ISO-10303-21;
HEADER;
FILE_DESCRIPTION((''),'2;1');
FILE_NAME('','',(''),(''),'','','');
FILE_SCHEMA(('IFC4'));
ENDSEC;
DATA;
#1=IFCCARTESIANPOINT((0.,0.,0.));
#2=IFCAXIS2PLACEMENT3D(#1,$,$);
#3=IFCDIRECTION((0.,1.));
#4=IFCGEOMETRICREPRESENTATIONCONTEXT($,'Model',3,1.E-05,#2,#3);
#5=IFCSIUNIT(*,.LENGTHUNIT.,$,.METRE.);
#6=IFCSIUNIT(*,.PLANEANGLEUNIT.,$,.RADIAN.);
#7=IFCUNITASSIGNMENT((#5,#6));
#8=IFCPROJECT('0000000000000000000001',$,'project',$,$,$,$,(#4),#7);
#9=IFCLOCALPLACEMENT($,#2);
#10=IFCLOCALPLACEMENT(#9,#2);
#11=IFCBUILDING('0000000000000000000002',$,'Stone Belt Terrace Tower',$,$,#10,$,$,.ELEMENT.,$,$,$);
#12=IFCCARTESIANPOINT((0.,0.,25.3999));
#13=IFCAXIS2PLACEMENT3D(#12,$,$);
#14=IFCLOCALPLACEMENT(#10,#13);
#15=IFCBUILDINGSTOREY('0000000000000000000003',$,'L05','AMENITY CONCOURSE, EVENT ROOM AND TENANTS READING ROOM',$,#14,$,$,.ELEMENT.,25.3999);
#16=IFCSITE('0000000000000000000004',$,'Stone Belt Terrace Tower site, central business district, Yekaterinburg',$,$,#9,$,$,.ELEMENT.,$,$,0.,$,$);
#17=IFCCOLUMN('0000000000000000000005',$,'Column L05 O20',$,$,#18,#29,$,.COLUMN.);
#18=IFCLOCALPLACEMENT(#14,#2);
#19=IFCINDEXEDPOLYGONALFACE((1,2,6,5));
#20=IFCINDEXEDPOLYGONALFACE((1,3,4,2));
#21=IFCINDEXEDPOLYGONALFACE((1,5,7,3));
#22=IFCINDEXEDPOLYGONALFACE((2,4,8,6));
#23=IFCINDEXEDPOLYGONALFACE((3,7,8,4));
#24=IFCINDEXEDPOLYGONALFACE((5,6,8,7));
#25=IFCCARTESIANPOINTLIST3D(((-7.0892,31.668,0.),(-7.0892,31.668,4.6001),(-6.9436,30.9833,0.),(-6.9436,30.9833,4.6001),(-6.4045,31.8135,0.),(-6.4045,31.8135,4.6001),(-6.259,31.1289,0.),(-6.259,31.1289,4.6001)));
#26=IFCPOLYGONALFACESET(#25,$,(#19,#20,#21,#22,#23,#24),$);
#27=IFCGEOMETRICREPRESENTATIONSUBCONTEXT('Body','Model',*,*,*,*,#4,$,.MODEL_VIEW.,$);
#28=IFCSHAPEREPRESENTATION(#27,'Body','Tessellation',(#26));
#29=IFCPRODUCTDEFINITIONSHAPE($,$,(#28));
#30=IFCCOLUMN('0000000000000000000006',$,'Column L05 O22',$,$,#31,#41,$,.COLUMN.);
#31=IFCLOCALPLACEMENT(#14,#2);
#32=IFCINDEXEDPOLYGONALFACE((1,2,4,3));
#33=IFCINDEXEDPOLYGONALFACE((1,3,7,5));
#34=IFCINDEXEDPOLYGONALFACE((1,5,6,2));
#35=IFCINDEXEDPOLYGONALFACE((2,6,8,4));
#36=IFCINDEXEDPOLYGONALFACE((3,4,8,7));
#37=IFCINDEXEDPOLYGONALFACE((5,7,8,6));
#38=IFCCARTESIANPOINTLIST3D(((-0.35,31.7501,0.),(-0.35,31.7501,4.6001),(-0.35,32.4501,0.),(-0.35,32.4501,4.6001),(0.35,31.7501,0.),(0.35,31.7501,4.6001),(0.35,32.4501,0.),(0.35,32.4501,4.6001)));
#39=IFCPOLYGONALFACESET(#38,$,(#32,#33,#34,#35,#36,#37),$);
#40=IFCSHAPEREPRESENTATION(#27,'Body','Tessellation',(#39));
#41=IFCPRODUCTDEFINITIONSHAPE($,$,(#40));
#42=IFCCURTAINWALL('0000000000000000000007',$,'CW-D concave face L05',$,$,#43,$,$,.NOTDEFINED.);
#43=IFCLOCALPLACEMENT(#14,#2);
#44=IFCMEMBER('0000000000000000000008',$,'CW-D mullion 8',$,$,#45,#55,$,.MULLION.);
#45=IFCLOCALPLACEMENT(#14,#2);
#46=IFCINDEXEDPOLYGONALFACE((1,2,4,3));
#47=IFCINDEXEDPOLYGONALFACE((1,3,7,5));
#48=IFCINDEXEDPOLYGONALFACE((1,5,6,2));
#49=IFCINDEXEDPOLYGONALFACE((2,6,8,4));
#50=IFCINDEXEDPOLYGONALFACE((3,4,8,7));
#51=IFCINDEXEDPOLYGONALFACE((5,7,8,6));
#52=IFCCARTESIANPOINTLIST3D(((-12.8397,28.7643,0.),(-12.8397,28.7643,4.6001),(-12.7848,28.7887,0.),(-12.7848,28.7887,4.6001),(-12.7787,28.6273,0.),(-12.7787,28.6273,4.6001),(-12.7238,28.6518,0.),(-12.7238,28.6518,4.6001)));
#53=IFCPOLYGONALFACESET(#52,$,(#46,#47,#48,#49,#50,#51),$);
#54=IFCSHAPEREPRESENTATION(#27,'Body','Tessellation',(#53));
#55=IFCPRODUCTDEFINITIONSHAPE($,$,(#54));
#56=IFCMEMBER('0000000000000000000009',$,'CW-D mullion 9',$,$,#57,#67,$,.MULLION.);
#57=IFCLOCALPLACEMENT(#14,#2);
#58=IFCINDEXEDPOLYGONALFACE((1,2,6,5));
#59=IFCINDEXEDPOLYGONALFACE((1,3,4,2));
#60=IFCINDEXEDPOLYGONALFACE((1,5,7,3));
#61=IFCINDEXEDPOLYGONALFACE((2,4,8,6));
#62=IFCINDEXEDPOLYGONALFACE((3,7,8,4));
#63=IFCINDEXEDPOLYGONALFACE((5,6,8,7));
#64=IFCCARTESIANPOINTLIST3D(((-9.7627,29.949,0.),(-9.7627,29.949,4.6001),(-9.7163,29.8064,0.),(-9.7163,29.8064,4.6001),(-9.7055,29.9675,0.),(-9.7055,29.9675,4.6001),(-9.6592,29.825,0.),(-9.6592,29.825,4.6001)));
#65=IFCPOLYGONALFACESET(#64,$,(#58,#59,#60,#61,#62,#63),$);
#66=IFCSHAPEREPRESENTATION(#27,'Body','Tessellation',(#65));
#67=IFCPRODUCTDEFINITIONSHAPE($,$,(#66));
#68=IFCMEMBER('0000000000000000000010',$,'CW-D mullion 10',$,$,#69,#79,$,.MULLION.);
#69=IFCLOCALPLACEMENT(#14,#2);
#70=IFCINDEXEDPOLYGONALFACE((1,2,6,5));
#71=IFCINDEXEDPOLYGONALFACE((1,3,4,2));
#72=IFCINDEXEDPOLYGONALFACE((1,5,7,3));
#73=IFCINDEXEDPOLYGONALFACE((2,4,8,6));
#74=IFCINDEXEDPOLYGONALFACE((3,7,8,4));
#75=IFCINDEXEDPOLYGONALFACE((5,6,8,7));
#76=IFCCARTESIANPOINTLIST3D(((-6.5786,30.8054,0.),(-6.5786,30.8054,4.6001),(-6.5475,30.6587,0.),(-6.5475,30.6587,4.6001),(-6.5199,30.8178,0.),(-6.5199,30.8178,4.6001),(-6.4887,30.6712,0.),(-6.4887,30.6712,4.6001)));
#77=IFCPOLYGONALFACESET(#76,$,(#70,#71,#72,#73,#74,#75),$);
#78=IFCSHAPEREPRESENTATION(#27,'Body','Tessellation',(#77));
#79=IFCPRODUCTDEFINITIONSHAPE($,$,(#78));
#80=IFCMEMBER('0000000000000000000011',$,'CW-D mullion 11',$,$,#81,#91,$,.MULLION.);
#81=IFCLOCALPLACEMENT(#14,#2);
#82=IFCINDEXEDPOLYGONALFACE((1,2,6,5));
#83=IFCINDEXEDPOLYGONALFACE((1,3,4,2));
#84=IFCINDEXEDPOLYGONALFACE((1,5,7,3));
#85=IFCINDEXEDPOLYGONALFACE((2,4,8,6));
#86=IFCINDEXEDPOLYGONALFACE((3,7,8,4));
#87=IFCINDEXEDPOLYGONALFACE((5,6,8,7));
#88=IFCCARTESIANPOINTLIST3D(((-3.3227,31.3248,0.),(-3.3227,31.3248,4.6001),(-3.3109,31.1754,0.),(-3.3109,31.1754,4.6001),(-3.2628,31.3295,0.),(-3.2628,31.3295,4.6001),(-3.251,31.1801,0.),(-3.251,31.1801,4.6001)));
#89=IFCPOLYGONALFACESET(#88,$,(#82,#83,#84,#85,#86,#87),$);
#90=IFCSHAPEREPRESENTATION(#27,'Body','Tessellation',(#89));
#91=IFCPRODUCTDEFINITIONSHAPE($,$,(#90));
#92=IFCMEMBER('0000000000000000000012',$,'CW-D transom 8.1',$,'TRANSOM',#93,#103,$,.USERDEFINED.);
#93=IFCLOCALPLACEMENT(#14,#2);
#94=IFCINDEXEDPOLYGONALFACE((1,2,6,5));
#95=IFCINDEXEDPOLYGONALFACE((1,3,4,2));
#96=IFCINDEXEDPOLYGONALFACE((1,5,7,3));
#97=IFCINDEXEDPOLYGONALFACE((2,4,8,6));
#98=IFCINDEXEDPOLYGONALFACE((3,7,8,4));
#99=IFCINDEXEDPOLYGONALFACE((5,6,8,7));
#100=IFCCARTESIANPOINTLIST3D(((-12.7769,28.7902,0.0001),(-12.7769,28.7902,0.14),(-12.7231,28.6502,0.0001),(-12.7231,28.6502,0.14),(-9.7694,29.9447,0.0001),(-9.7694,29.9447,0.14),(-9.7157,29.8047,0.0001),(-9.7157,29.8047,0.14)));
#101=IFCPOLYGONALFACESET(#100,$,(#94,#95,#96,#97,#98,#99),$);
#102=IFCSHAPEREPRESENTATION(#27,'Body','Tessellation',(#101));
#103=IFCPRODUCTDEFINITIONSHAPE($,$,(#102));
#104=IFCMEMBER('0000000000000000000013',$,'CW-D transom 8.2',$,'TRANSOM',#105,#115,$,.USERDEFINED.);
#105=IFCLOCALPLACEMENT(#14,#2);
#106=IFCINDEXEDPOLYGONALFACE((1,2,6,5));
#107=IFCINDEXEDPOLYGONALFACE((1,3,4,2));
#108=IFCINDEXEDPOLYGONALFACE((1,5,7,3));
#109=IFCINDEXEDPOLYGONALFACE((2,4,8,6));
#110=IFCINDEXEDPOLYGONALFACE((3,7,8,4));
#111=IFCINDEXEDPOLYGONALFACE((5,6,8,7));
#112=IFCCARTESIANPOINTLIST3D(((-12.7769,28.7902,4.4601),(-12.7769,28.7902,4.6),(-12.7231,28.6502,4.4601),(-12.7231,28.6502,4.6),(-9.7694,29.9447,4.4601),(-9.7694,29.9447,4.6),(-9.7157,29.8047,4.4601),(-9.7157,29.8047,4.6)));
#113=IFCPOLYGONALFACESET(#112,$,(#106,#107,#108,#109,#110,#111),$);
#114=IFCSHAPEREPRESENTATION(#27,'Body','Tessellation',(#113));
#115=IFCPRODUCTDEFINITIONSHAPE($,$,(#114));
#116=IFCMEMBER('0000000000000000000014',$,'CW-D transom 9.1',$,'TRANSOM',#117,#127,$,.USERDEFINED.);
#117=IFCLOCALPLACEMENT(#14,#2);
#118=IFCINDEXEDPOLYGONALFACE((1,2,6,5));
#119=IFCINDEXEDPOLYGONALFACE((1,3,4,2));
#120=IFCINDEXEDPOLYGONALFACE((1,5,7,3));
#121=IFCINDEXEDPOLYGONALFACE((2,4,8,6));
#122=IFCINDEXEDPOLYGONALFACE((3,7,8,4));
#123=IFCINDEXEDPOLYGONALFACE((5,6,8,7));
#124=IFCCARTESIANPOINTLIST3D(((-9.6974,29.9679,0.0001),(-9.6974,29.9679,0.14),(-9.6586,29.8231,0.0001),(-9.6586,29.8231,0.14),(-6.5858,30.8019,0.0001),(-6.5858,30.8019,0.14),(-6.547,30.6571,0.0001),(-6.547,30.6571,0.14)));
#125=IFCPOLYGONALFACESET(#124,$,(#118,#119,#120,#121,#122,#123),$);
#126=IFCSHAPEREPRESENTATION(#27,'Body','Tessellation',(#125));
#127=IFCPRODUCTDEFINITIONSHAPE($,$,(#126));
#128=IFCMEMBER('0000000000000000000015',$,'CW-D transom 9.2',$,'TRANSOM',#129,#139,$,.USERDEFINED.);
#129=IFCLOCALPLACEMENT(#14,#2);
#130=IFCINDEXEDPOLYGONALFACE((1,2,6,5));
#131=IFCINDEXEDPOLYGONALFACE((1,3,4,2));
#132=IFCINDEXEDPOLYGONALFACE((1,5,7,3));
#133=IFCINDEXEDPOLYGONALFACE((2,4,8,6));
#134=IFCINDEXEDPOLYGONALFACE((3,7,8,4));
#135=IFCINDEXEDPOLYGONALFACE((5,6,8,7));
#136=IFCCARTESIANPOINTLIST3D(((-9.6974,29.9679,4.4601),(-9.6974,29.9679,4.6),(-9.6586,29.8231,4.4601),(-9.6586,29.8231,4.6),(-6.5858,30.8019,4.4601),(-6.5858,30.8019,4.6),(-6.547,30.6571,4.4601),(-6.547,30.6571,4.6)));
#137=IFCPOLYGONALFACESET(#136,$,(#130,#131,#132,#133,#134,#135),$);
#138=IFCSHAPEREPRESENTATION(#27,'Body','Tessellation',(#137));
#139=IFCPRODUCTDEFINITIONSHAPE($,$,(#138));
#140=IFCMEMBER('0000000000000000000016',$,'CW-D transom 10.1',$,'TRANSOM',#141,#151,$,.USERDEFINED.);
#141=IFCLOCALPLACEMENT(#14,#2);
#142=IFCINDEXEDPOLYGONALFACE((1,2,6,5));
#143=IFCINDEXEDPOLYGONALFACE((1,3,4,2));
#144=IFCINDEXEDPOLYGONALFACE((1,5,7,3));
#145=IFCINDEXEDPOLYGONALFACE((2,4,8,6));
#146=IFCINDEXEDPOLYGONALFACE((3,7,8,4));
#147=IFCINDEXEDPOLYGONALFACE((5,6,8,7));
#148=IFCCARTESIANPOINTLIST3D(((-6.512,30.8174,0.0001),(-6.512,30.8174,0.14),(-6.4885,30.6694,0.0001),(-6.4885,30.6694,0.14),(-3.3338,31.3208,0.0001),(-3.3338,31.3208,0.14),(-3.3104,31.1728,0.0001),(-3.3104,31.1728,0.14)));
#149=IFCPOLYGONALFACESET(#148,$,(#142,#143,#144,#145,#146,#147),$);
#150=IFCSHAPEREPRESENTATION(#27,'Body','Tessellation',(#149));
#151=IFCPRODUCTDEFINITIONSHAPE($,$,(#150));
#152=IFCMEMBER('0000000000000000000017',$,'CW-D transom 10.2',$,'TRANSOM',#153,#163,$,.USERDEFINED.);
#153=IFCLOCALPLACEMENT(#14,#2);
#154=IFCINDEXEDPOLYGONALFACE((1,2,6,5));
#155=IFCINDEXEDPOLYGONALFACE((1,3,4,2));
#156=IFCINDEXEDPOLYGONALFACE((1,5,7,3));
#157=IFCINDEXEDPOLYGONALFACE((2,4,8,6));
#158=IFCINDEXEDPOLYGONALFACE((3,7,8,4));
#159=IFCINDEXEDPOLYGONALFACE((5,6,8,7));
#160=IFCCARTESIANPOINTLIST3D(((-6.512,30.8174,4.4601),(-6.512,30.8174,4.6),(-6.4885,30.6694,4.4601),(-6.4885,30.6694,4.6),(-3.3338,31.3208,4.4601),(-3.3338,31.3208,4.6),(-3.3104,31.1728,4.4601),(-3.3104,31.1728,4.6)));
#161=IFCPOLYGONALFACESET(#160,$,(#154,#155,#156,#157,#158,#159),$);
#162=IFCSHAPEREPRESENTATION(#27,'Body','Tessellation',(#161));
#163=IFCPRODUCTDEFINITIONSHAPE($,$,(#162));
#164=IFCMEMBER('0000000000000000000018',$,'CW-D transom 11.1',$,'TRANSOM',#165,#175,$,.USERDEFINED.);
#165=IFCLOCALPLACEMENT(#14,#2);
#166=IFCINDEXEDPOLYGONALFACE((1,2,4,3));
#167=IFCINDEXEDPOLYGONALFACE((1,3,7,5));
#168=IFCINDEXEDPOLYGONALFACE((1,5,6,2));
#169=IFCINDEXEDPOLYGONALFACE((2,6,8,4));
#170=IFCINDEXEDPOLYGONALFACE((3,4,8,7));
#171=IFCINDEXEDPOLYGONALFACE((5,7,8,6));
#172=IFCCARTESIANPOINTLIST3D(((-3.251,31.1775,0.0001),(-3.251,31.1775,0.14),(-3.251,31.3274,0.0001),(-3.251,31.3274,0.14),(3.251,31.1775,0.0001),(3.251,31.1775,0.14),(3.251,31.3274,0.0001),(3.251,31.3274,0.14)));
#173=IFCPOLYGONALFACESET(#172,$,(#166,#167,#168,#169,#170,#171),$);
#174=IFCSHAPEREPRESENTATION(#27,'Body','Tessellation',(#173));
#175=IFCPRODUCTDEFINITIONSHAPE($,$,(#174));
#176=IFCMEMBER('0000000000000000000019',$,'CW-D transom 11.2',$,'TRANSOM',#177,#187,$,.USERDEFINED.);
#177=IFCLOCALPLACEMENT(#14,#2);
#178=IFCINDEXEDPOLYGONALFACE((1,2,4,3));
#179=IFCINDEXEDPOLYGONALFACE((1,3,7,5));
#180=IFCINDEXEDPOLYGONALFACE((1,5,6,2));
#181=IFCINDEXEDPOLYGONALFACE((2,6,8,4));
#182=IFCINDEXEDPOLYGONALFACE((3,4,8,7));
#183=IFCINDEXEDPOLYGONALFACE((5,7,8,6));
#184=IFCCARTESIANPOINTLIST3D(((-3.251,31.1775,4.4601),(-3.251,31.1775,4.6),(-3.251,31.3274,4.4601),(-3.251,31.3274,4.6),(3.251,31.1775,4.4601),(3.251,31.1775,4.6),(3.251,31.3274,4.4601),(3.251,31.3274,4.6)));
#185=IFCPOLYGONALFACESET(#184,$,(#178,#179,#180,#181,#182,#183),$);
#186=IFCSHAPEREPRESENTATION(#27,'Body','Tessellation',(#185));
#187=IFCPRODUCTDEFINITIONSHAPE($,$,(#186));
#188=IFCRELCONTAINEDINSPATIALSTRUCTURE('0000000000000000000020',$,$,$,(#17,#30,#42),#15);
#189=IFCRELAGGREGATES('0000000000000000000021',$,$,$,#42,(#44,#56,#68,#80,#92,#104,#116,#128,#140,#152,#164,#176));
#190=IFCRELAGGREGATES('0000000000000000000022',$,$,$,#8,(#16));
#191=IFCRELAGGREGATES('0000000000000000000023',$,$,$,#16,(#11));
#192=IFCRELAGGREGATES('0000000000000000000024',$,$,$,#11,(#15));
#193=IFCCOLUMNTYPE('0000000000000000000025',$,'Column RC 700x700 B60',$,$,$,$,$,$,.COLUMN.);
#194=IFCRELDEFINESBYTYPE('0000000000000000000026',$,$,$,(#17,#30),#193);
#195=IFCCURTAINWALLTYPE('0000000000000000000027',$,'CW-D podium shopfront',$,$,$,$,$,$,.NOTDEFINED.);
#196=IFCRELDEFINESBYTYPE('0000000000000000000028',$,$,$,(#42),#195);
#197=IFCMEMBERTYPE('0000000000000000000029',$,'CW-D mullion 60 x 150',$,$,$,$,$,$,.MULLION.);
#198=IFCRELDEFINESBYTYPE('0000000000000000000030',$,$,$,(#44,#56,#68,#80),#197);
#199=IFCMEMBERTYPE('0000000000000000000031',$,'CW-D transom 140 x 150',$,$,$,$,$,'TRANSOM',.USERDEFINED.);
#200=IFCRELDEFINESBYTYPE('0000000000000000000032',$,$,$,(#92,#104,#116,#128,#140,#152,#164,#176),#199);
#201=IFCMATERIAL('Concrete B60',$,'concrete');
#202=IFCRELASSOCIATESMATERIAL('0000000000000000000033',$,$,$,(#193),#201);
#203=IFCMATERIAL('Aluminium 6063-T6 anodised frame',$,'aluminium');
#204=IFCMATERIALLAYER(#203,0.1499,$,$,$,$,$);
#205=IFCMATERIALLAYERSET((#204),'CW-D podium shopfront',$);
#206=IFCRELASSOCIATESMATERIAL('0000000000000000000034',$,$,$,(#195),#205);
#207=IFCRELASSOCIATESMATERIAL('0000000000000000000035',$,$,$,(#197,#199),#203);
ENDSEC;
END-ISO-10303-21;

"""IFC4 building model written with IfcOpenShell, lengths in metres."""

from ifc_helpers import new_model, si_unit, direction, frame, origin, origin_2d, place, context, subcontext, project, spatial, rectangle, extrude, material, layer, layer_set, material_profile, profile_set, type_object, element, aggregate, save


model = new_model("IFC4")

# Units and contexts
model_context = context("Model", 3, precision=1e-05, world=origin(), true_north=direction((0.0, 1.0)))
body_context = subcontext(model_context, "Body", "Model", "MODEL_VIEW")
ifc_project = project(units=[si_unit("LENGTHUNIT", "METRE"), si_unit("PLANEANGLEUNIT", "RADIAN")], contexts=[model_context])

# Site, building, storey
site_placement = place(None, origin())
site = spatial("IfcSite", under=ifc_project, at=site_placement, Name="Stone Belt Terrace Tower site, central business district, Yekaterinburg", CompositionType="ELEMENT", RefElevation=0.0)
building_placement = place(site_placement, origin())
building = spatial("IfcBuilding", under=site, at=building_placement, Name="Stone Belt Terrace Tower", CompositionType="ELEMENT")
storey_placement = place(building_placement, frame((0.0, 0.0, 25.3999)))
storey = spatial("IfcBuildingStorey", under=building, at=storey_placement, Name="L05", Description="AMENITY CONCOURSE, EVENT ROOM AND TENANTS READING ROOM", CompositionType="ELEMENT", Elevation=25.3999)

# Columns
ifc_material_1 = material(Name="Concrete B60", Category="concrete")
ifc_material_profile_1 = material_profile(ifc_material_1, rectangle(XDim=0.7, YDim=0.7, at=origin_2d()), Name="RC 700x700")
ifc_profile_set_1 = profile_set([ifc_material_profile_1], Name="Concrete B60")
column_type = type_object("IfcColumnType", Name="Column RC 700x700 B60", PredefinedType="COLUMN", material=ifc_profile_set_1)
for number, where, z_axis, x_axis, name in (
    (1, (-6.6741, 31.3984, 0.0), (0.0, 0.0, 1.0), (0.978148, 0.207912, 0.0), "Column L05 O20"),
    (2, (0.0, 32.1001, 0.0), (0.0, 0.0, 1.0), (1.0, 0.0, 0.0), "Column L05 O22"),
):
    element("IfcColumn", number, at=place(storey_placement, frame(where, z_axis=z_axis, x_axis=x_axis)), inside=storey, type_object=column_type, Name=name, PredefinedType="COLUMN", context=body_context, shape_type="SweptSolid", body=[
        extrude(rectangle(XDim=0.7, YDim=0.7, at=origin_2d()), origin(), (0.0, 0.0, 1.0), 4.6001),
    ])

# Curtain wall, members
ifc_material_2 = material(Name="Aluminium 6063-T6 anodised frame", Category="aluminium")
ifc_layer_1 = layer(ifc_material_2, 0.1499)
ifc_layer_set_1 = layer_set([ifc_layer_1], Name="CW-D podium shopfront")
curtain_wall_type = type_object("IfcCurtainWallType", Name="CW-D podium shopfront", PredefinedType="NOTDEFINED", material=ifc_layer_set_1)
curtain_wall_placement = place(storey_placement, origin())
curtain_wall = element("IfcCurtainWall", 3, at=curtain_wall_placement, inside=storey, type_object=curtain_wall_type, Name="CW-D concave face L05", PredefinedType="NOTDEFINED")
ifc_material_profile_2 = material_profile(ifc_material_2, rectangle(XDim=0.1499, YDim=0.0601, at=origin_2d()), Name="Aluminium 6063-T6 60x150")
ifc_profile_set_2 = profile_set([ifc_material_profile_2], Name="Aluminium 6063-T6 anodised frame")
member_type_1 = type_object("IfcMemberType", Name="CW-D mullion 60 x 150", PredefinedType="MULLION", material=ifc_profile_set_2)
member_1_placement = place(storey_placement, frame((-12.7817, 28.708, 0.0), z_axis=(0.0, 0.0, 1.0), x_axis=(-0.406737, 0.913545, 0.0)))
member_1 = element("IfcMember", 4, at=member_1_placement, type_object=member_type_1, Name="CW-D mullion 8", PredefinedType="MULLION", context=body_context, shape_type="SweptSolid", body=[
    extrude(rectangle(XDim=0.1499, YDim=0.0601, at=origin_2d()), origin(), (0.0, 0.0, 1.0), 4.6001),
])
member_2_placement = place(storey_placement, frame((-9.7109, 29.887, 0.0), z_axis=(0.0, 0.0, 1.0), x_axis=(-0.309017, 0.951057, 0.0)))
member_2 = element("IfcMember", 5, at=member_2_placement, type_object=member_type_1, Name="CW-D mullion 9", PredefinedType="MULLION", context=body_context, shape_type="SweptSolid", body=[
    extrude(rectangle(XDim=0.1499, YDim=0.0601, at=origin_2d()), origin(), (0.0, 0.0, 1.0), 4.6001),
])
member_3_placement = place(storey_placement, frame((-6.5337, 30.7383, 0.0), z_axis=(0.0, 0.0, 1.0), x_axis=(-0.207912, 0.978148, 0.0)))
member_3 = element("IfcMember", 6, at=member_3_placement, type_object=member_type_1, Name="CW-D mullion 10", PredefinedType="MULLION", context=body_context, shape_type="SweptSolid", body=[
    extrude(rectangle(XDim=0.1499, YDim=0.0601, at=origin_2d()), origin(), (0.0, 0.0, 1.0), 4.6001),
])
member_4_placement = place(storey_placement, frame((-3.2869, 31.2524, 0.0), z_axis=(0.0, 0.0, 1.0), x_axis=(-0.078459, 0.996917, 0.0)))
member_4 = element("IfcMember", 7, at=member_4_placement, type_object=member_type_1, Name="CW-D mullion 11", PredefinedType="MULLION", context=body_context, shape_type="SweptSolid", body=[
    extrude(rectangle(XDim=0.1499, YDim=0.0601, at=origin_2d()), origin(), (0.0, 0.0, 1.0), 4.6001),
])
ifc_material_profile_3 = material_profile(ifc_material_2, rectangle(XDim=0.1499, YDim=0.1399, at=origin_2d()), Name="Aluminium 6063-T6 150x140")
ifc_profile_set_3 = profile_set([ifc_material_profile_3], Name="Aluminium 6063-T6 anodised frame")
member_type_2 = type_object("IfcMemberType", Name="CW-D transom 140 x 150", ElementType="TRANSOM", PredefinedType="USERDEFINED", material=ifc_profile_set_3)
member_5_placement = place(storey_placement, frame((-12.75, 28.7202, 0.0701), z_axis=(0.933576, 0.35838, 0.0), x_axis=(-0.35838, 0.933576, 0.0)))
member_5 = element("IfcMember", 8, at=member_5_placement, type_object=member_type_2, Name="CW-D transom 8.1", ObjectType="TRANSOM", PredefinedType="USERDEFINED", context=body_context, shape_type="SweptSolid", body=[
    extrude(rectangle(XDim=0.1499, YDim=0.1399, at=origin_2d()), origin(), (0.0, 0.0, 1.0), 3.2214),
])
member_6_placement = place(storey_placement, frame((-12.75, 28.7202, 4.53), z_axis=(0.933576, 0.35838, 0.0), x_axis=(-0.35838, 0.933576, 0.0)))
member_6 = element("IfcMember", 9, at=member_6_placement, type_object=member_type_2, Name="CW-D transom 8.2", ObjectType="TRANSOM", PredefinedType="USERDEFINED", context=body_context, shape_type="SweptSolid", body=[
    extrude(rectangle(XDim=0.1499, YDim=0.1399, at=origin_2d()), origin(), (0.0, 0.0, 1.0), 3.2214),
])
member_7_placement = place(storey_placement, frame((-9.678, 29.8955, 0.0701), z_axis=(0.965907, 0.258889, 0.0), x_axis=(-0.258889, 0.965907, 0.0)))
member_7 = element("IfcMember", 10, at=member_7_placement, type_object=member_type_2, Name="CW-D transom 9.1", ObjectType="TRANSOM", PredefinedType="USERDEFINED", context=body_context, shape_type="SweptSolid", body=[
    extrude(rectangle(XDim=0.1499, YDim=0.1399, at=origin_2d()), origin(), (0.0, 0.0, 1.0), 3.2214),
])
member_8_placement = place(storey_placement, frame((-9.678, 29.8955, 4.53), z_axis=(0.965907, 0.258889, 0.0), x_axis=(-0.258889, 0.965907, 0.0)))
member_8 = element("IfcMember", 11, at=member_8_placement, type_object=member_type_2, Name="CW-D transom 9.2", ObjectType="TRANSOM", PredefinedType="USERDEFINED", context=body_context, shape_type="SweptSolid", body=[
    extrude(rectangle(XDim=0.1499, YDim=0.1399, at=origin_2d()), origin(), (0.0, 0.0, 1.0), 3.2214),
])
member_9_placement = place(storey_placement, frame((-6.5002, 30.7434, 0.0701), z_axis=(0.987687, 0.156446, 0.0), x_axis=(-0.156446, 0.987687, 0.0)))
member_9 = element("IfcMember", 12, at=member_9_placement, type_object=member_type_2, Name="CW-D transom 10.1", ObjectType="TRANSOM", PredefinedType="USERDEFINED", context=body_context, shape_type="SweptSolid", body=[
    extrude(rectangle(XDim=0.1499, YDim=0.1399, at=origin_2d()), origin(), (0.0, 0.0, 1.0), 3.2178),
])
member_10_placement = place(storey_placement, frame((-6.5002, 30.7434, 4.53), z_axis=(0.987687, 0.156446, 0.0), x_axis=(-0.156446, 0.987687, 0.0)))
member_10 = element("IfcMember", 13, at=member_10_placement, type_object=member_type_2, Name="CW-D transom 10.2", ObjectType="TRANSOM", PredefinedType="USERDEFINED", context=body_context, shape_type="SweptSolid", body=[
    extrude(rectangle(XDim=0.1499, YDim=0.1399, at=origin_2d()), origin(), (0.0, 0.0, 1.0), 3.2178),
])
member_11_placement = place(storey_placement, frame((-3.251, 31.2524, 0.0701), z_axis=(1.0, 0.0, 0.0), x_axis=(0.0, 1.0, 0.0)))
member_11 = element("IfcMember", 14, at=member_11_placement, type_object=member_type_2, Name="CW-D transom 11.1", ObjectType="TRANSOM", PredefinedType="USERDEFINED", context=body_context, shape_type="SweptSolid", body=[
    extrude(rectangle(XDim=0.1499, YDim=0.1399, at=origin_2d()), origin(), (0.0, 0.0, 1.0), 6.502),
])
member_12_placement = place(storey_placement, frame((-3.251, 31.2524, 4.53), z_axis=(1.0, 0.0, 0.0), x_axis=(0.0, 1.0, 0.0)))
member_12 = element("IfcMember", 15, at=member_12_placement, type_object=member_type_2, Name="CW-D transom 11.2", ObjectType="TRANSOM", PredefinedType="USERDEFINED", context=body_context, shape_type="SweptSolid", body=[
    extrude(rectangle(XDim=0.1499, YDim=0.1399, at=origin_2d()), origin(), (0.0, 0.0, 1.0), 6.502),
])
aggregate(curtain_wall, [member_1, member_2, member_3, member_4, member_5, member_6, member_7, member_8, member_9, member_10, member_11, member_12])

save(model, "model.ifc")
